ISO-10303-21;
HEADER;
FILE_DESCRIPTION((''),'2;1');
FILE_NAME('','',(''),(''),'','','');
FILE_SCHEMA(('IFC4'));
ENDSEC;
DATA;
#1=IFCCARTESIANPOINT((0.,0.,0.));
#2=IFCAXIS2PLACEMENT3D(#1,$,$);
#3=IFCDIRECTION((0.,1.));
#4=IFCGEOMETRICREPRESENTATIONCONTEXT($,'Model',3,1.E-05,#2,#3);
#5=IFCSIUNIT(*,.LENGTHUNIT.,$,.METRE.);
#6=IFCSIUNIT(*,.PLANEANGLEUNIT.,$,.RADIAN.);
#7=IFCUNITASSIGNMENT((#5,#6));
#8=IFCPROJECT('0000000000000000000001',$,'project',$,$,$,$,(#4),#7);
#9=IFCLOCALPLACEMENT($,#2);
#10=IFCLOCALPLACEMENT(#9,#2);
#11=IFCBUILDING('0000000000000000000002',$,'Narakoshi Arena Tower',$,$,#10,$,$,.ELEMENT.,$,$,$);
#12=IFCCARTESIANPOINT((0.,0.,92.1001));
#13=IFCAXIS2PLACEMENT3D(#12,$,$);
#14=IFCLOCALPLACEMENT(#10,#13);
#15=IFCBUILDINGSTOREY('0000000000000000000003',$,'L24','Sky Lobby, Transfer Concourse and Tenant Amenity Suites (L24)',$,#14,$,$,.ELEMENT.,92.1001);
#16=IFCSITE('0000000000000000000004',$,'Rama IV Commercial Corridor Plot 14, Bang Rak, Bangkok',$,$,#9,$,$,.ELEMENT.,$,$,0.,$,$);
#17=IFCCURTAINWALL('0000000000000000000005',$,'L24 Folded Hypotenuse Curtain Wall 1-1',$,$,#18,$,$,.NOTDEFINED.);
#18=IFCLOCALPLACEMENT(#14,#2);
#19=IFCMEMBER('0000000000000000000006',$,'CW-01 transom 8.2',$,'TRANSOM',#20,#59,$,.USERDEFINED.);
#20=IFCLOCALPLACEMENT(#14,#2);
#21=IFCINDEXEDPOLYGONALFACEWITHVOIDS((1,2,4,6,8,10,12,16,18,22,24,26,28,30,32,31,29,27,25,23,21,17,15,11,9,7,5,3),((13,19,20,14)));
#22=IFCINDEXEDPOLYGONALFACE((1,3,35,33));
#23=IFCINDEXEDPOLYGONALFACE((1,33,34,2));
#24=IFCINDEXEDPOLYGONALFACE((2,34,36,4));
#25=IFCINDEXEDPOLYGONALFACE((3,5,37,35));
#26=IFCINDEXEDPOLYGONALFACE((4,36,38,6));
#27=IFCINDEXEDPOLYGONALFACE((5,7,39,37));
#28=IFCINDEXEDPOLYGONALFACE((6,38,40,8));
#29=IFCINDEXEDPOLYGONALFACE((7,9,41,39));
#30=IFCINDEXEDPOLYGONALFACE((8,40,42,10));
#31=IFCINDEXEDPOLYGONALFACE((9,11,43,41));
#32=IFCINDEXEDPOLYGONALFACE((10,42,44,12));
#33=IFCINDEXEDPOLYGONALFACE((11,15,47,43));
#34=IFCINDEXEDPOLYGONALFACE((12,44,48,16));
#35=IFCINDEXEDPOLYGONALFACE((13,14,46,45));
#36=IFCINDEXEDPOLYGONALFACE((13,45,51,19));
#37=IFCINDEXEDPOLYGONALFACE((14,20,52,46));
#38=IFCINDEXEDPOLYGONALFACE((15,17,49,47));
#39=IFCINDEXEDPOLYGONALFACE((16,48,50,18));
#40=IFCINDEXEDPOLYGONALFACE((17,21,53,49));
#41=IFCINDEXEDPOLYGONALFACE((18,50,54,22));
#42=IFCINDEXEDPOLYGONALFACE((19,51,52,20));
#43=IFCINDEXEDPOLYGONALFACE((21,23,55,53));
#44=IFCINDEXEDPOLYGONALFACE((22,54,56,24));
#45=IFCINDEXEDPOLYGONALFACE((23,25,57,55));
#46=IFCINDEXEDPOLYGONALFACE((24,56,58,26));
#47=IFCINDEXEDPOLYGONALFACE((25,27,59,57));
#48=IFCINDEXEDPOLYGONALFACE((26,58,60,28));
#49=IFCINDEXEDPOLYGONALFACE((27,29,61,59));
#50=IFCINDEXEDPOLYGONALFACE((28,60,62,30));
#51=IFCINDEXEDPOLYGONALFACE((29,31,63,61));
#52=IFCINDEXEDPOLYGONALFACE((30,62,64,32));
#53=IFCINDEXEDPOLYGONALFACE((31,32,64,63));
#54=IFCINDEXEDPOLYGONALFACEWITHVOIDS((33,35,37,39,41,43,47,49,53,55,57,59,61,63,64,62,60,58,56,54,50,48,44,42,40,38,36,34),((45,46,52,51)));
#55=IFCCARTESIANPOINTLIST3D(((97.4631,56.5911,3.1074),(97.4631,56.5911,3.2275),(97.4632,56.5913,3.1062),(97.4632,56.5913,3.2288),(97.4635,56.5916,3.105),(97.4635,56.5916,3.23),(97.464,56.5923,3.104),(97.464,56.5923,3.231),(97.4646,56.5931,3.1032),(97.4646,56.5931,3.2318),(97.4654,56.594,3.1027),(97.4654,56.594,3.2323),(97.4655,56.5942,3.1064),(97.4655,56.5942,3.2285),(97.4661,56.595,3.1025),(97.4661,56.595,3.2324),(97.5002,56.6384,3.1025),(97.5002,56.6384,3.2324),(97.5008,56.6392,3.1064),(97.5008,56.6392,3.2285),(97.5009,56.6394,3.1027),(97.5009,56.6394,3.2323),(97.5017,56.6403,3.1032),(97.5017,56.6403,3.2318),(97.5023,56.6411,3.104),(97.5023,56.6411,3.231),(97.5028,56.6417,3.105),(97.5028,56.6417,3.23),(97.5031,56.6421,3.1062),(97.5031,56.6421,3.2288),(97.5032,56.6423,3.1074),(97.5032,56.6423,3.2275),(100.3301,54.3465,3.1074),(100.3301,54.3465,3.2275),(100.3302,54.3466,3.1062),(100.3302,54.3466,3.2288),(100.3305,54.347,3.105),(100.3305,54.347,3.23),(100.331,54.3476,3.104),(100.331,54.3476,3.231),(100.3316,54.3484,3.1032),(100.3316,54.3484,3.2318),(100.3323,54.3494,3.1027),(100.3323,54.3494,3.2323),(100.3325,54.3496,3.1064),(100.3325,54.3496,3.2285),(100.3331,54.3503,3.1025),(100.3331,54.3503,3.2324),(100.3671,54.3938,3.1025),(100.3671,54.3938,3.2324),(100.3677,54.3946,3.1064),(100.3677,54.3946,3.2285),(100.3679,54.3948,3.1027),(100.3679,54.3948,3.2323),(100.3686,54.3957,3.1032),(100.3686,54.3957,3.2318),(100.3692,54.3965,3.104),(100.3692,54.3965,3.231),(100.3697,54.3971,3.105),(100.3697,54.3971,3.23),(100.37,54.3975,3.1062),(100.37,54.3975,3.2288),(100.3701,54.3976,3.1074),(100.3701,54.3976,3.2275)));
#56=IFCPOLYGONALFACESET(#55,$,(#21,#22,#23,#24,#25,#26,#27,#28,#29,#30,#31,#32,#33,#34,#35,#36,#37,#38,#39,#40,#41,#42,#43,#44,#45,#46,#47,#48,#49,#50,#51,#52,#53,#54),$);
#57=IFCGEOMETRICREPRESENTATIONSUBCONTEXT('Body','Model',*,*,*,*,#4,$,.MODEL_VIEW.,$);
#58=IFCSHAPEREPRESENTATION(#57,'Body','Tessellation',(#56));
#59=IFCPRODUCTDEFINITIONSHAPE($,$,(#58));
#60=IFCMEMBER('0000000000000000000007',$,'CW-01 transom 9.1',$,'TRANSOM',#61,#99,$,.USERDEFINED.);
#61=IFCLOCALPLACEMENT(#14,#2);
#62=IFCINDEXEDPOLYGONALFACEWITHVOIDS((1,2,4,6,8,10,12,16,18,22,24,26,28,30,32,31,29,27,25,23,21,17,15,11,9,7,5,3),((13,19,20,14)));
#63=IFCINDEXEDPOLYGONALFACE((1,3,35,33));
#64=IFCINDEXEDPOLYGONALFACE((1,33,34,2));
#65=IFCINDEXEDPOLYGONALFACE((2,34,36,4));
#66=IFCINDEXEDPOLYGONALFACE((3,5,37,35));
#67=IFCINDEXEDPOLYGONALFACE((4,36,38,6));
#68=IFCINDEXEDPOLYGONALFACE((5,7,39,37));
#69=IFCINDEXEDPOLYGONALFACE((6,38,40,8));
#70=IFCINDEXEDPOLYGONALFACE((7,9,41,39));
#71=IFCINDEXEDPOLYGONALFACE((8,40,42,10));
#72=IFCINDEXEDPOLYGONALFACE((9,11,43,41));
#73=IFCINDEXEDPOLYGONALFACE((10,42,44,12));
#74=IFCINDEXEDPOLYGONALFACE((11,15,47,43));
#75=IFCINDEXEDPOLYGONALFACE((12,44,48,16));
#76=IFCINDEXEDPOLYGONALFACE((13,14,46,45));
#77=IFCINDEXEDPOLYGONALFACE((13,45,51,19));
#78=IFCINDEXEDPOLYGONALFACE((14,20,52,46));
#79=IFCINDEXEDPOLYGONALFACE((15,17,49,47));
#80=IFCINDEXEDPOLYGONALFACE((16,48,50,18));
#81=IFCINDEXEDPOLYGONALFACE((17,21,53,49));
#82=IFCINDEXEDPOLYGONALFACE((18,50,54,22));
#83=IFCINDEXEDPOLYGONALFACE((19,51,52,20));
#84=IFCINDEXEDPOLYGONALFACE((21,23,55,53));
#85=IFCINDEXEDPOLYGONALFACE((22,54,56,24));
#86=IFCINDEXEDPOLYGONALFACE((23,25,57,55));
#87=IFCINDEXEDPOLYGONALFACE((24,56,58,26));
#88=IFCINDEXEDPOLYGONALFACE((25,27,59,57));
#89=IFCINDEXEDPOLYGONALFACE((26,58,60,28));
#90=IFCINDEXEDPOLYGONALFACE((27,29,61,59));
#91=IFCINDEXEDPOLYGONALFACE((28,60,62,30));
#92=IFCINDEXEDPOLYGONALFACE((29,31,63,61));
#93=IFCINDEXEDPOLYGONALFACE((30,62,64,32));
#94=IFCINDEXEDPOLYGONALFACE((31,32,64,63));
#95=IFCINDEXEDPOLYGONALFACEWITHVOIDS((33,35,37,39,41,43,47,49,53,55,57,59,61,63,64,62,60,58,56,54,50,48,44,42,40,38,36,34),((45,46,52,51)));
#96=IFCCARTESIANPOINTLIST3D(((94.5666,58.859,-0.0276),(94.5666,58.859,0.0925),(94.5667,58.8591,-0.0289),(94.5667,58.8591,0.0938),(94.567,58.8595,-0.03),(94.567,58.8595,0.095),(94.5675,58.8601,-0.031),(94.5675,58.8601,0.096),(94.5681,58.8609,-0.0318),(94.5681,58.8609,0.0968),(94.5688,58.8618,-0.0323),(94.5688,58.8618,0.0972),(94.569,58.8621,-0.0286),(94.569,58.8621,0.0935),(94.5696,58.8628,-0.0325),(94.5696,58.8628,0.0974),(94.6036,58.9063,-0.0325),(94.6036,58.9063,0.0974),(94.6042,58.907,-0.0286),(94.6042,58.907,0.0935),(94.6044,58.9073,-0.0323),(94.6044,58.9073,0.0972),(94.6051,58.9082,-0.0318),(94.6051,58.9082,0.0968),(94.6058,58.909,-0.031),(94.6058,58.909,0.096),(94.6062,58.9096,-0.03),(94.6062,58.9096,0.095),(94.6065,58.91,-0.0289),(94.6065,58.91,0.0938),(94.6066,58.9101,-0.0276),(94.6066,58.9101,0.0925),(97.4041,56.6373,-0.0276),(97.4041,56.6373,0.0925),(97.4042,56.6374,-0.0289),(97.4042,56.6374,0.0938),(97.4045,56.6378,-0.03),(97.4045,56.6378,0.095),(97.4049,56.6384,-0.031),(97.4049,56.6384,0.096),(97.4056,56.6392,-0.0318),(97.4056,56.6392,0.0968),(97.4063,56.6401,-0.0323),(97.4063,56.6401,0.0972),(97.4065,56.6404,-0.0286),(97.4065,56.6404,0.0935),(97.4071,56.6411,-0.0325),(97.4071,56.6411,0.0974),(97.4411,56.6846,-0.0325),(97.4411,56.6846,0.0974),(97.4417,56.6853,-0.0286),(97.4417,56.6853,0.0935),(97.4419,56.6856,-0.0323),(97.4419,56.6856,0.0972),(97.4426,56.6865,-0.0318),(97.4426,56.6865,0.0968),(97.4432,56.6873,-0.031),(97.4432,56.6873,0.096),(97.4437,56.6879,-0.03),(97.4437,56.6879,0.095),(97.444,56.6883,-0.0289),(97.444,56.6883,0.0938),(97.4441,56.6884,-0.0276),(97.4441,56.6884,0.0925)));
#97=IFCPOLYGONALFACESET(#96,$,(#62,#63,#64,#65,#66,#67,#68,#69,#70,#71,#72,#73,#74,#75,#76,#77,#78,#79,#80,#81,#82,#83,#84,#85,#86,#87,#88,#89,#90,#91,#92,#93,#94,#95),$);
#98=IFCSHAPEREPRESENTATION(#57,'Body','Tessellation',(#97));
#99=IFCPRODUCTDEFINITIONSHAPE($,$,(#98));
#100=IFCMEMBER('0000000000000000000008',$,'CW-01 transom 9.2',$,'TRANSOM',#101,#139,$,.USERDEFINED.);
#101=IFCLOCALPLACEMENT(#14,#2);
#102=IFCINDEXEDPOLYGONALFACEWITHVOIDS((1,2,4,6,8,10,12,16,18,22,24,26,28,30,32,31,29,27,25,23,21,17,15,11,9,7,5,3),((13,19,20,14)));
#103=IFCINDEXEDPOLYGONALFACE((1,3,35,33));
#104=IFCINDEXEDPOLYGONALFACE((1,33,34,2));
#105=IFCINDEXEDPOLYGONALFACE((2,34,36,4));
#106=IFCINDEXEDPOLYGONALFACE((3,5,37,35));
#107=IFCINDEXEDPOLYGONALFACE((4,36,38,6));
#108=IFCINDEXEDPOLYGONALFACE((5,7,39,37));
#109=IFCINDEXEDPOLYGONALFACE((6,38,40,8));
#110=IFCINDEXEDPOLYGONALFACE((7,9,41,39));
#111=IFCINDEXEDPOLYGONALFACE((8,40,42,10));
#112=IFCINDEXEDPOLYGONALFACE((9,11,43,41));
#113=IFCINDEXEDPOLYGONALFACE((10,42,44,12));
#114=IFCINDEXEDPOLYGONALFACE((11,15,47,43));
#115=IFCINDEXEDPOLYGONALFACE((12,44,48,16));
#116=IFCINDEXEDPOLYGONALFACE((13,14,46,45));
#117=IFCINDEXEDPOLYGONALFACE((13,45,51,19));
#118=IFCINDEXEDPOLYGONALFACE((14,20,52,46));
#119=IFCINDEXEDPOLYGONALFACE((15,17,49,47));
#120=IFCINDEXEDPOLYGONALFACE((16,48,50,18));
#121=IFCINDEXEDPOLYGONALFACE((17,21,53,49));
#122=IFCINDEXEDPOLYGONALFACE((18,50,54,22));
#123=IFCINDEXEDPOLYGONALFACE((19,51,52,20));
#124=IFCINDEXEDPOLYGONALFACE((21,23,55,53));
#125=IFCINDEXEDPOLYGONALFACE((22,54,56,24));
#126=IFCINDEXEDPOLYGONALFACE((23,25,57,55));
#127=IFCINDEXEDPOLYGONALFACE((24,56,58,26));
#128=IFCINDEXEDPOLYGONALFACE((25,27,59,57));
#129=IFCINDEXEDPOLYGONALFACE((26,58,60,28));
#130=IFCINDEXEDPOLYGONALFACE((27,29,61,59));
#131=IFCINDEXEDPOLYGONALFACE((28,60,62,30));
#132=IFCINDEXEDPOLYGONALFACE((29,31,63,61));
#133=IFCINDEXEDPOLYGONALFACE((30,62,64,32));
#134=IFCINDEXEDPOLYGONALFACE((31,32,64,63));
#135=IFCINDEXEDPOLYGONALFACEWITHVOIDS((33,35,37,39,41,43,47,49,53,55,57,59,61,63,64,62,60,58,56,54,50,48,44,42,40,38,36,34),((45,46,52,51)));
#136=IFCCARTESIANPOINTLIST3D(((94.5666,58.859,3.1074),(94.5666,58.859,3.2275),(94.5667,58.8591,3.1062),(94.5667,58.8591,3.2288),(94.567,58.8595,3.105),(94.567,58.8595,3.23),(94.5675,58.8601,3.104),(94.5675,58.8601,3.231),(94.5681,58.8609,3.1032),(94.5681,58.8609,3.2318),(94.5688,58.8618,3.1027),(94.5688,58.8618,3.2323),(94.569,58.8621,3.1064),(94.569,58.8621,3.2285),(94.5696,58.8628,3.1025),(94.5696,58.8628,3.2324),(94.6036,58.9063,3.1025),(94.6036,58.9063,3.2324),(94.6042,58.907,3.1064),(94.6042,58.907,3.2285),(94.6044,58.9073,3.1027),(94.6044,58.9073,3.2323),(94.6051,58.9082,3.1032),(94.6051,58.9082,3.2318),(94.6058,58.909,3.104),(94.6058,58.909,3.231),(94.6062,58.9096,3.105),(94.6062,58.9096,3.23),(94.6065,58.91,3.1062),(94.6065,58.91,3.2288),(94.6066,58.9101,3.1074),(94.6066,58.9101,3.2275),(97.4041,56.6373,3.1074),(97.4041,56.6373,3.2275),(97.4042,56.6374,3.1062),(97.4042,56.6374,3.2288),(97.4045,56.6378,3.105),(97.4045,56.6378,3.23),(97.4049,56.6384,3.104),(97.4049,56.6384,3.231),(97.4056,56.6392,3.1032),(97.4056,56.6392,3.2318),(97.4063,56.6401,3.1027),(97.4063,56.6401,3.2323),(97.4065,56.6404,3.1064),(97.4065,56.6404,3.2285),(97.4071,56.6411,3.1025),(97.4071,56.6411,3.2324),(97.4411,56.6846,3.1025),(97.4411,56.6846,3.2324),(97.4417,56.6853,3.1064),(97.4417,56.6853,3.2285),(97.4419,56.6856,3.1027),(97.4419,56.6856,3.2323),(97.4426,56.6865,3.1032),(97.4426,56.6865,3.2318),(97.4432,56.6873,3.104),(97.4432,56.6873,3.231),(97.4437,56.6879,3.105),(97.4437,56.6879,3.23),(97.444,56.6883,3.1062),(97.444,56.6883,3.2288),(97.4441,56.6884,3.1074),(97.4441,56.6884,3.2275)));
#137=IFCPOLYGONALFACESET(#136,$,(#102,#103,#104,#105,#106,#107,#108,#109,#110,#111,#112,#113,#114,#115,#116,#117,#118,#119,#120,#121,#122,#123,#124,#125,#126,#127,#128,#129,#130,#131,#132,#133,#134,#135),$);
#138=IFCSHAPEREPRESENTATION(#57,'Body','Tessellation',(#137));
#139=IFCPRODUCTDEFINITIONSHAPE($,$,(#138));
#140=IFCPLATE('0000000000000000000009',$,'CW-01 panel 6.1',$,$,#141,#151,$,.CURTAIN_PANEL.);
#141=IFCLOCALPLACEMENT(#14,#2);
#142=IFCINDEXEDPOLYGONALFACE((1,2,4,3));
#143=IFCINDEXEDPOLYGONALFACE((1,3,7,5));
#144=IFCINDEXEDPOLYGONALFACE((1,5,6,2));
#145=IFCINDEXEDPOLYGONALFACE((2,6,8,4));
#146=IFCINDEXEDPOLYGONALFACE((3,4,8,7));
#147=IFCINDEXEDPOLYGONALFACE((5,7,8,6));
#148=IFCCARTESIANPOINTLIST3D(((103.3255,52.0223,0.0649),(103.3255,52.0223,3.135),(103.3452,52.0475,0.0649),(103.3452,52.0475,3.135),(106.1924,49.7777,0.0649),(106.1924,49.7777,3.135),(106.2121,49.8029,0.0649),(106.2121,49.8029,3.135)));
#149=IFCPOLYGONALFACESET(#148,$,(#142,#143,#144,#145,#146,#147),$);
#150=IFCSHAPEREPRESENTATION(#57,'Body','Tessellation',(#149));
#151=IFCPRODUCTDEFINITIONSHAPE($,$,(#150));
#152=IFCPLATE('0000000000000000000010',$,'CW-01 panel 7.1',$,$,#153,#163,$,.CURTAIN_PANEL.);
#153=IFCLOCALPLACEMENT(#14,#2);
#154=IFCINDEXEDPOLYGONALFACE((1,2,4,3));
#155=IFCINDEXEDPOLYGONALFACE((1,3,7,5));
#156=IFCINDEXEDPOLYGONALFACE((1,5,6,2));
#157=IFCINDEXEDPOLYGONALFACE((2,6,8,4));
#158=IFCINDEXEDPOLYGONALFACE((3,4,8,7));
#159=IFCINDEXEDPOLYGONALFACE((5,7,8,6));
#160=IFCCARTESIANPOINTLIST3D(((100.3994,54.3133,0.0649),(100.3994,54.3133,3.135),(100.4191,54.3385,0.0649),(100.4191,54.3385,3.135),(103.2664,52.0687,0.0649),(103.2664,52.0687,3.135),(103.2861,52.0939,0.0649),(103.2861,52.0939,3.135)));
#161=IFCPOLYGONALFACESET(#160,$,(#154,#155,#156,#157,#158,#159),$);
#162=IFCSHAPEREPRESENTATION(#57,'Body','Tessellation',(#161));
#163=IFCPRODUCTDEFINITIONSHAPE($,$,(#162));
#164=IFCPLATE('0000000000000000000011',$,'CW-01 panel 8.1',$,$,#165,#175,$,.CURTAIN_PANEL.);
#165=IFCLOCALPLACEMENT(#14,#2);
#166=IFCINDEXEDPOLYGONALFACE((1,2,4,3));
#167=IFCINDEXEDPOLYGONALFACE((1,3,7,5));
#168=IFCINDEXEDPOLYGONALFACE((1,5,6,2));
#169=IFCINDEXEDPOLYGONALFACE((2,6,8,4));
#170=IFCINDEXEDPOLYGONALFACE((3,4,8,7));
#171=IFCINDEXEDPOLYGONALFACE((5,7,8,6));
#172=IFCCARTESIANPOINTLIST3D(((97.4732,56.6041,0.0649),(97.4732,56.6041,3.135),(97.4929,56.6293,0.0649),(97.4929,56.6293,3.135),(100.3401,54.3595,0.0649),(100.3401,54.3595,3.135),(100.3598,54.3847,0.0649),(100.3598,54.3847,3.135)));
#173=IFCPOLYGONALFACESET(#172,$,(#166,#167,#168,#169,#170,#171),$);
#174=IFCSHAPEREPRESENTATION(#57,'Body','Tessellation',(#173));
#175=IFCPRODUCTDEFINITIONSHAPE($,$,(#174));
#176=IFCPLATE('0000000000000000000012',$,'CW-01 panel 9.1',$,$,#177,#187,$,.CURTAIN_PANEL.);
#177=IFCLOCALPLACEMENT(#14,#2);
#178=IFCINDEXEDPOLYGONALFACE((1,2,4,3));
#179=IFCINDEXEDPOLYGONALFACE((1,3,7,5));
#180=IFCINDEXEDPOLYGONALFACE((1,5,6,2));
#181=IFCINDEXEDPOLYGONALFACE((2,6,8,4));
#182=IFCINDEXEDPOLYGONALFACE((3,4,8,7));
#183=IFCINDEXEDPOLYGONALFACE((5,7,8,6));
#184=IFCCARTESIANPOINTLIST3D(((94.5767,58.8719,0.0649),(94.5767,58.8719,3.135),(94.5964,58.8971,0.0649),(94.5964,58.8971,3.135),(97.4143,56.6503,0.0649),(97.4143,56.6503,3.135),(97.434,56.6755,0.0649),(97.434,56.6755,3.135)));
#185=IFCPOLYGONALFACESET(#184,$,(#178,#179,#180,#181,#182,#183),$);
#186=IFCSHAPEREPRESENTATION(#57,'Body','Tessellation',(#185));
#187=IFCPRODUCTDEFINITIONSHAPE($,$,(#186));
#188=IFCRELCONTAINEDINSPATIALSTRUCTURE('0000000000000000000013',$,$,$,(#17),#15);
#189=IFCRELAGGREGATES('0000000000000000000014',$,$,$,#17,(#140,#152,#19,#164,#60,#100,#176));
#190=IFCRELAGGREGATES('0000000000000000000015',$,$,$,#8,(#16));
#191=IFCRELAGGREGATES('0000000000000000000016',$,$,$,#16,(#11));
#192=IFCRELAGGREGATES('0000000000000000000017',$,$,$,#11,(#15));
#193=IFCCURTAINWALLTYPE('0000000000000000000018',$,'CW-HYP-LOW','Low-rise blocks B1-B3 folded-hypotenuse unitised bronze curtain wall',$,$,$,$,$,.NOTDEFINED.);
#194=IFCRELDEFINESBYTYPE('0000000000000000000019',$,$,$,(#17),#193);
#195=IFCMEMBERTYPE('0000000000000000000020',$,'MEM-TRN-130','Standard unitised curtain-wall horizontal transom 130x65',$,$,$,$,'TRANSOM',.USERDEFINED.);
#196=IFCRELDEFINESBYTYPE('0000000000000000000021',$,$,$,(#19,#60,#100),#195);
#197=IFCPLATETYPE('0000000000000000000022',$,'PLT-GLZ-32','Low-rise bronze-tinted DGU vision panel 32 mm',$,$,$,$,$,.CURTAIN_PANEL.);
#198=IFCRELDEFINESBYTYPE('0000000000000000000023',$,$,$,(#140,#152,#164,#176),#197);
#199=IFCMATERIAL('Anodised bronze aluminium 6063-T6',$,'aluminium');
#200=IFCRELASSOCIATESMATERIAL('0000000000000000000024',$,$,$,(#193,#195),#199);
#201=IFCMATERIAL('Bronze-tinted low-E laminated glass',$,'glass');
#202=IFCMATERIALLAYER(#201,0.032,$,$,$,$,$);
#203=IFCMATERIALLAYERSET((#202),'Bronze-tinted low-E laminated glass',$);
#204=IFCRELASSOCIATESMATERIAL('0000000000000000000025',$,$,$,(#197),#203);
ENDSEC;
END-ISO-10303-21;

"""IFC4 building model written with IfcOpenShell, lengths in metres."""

from ifc_helpers import new_model, si_unit, direction, frame, origin, origin_2d, place, context, subcontext, project, spatial, rectangle, hollow_rectangle, extrude, material, layer, layer_set, material_profile, profile_set, type_object, element, aggregate, save


model = new_model("IFC4")

# Units and contexts
model_context = context("Model", 3, precision=1e-05, world=origin(), true_north=direction((0.0, 1.0)))
body_context = subcontext(model_context, "Body", "Model", "MODEL_VIEW")
ifc_project = project(units=[si_unit("LENGTHUNIT", "METRE"), si_unit("PLANEANGLEUNIT", "RADIAN")], contexts=[model_context])

# Site, building, storey
site_placement = place(None, origin())
site = spatial("IfcSite", under=ifc_project, at=site_placement, Name="Rama IV Commercial Corridor Plot 14, Bang Rak, Bangkok", CompositionType="ELEMENT", RefElevation=0.0)
building_placement = place(site_placement, origin())
building = spatial("IfcBuilding", under=site, at=building_placement, Name="Narakoshi Arena Tower", CompositionType="ELEMENT")
storey_placement = place(building_placement, frame((0.0, 0.0, 92.1001)))
storey = spatial("IfcBuildingStorey", under=building, at=storey_placement, Name="L24", Description="Sky Lobby, Transfer Concourse and Tenant Amenity Suites (L24)", CompositionType="ELEMENT", Elevation=92.1001)

# Curtain wall, members, plates
ifc_material_1 = material(Name="Anodised bronze aluminium 6063-T6", Category="aluminium")
curtain_wall_type = type_object("IfcCurtainWallType", Name="CW-HYP-LOW", Description="Low-rise blocks B1-B3 folded-hypotenuse unitised bronze curtain wall", PredefinedType="NOTDEFINED", material=ifc_material_1)
curtain_wall_placement = place(storey_placement, origin())
curtain_wall = element("IfcCurtainWall", 1, at=curtain_wall_placement, inside=storey, type_object=curtain_wall_type, Name="L24 Folded Hypotenuse Curtain Wall 1-1", PredefinedType="NOTDEFINED")
ifc_material_profile_1 = material_profile(ifc_material_1, hollow_rectangle(XDim=0.0649, YDim=0.1299, WallThickness=0.0039, OuterFilletRadius=0.0049, at=origin_2d()), Name="TRN130x65x4")
ifc_profile_set_1 = profile_set([ifc_material_profile_1], Name="Anodised bronze aluminium 6063-T6")
member_type_1 = type_object("IfcMemberType", Name="MEM-TRN-130", Description="Standard unitised curtain-wall horizontal transom 130x65", ElementType="TRANSOM", PredefinedType="USERDEFINED", material=ifc_profile_set_1)
member_1_placement = place(storey_placement, frame((100.3501, 54.3721, 3.1675), z_axis=(-0.78738, 0.616467, 0.0), x_axis=(-0.616467, -0.78738, 0.0)))
member_1 = element("IfcMember", 2, at=member_1_placement, type_object=member_type_1, Name="CW-01 transom 8.2", ObjectType="TRANSOM", PredefinedType="USERDEFINED", context=body_context, shape_type="SweptSolid", body=[
    extrude(hollow_rectangle(XDim=0.0649, YDim=0.1299, WallThickness=0.0039, OuterFilletRadius=0.0049, at=origin_2d()), origin(), (0.0, 0.0, 1.0), 3.6411),
])
member_2_placement = place(storey_placement, frame((97.4241, 56.6628, 0.0325), z_axis=(-0.787356, 0.616498, 0.0), x_axis=(-0.616498, -0.787356, 0.0)))
member_2 = element("IfcMember", 3, at=member_2_placement, type_object=member_type_1, Name="CW-01 transom 9.1", ObjectType="TRANSOM", PredefinedType="USERDEFINED", context=body_context, shape_type="SweptSolid", body=[
    extrude(hollow_rectangle(XDim=0.0649, YDim=0.1299, WallThickness=0.0039, OuterFilletRadius=0.0049, at=origin_2d()), origin(), (0.0, 0.0, 1.0), 3.6038),
])
member_3_placement = place(storey_placement, frame((97.4241, 56.6628, 3.1675), z_axis=(-0.787356, 0.616498, 0.0), x_axis=(-0.616498, -0.787356, 0.0)))
member_3 = element("IfcMember", 4, at=member_3_placement, type_object=member_type_1, Name="CW-01 transom 9.2", ObjectType="TRANSOM", PredefinedType="USERDEFINED", context=body_context, shape_type="SweptSolid", body=[
    extrude(hollow_rectangle(XDim=0.0649, YDim=0.1299, WallThickness=0.0039, OuterFilletRadius=0.0049, at=origin_2d()), origin(), (0.0, 0.0, 1.0), 3.6038),
])
ifc_material_2 = material(Name="Bronze-tinted low-E laminated glass", Category="glass")
ifc_layer_1 = layer(ifc_material_2, 0.032)
ifc_layer_set_1 = layer_set([ifc_layer_1], Name="Bronze-tinted low-E laminated glass")
plate_type = type_object("IfcPlateType", Name="PLT-GLZ-32", Description="Low-rise bronze-tinted DGU vision panel 32 mm", PredefinedType="CURTAIN_PANEL", material=ifc_layer_set_1)
plate_1_placement = place(storey_placement, frame((104.7688, 50.9126, 0.0649), z_axis=(0.0, 0.0, 1.0), x_axis=(-0.787389, 0.616457, 0.0)))
plate_1 = element("IfcPlate", 5, at=plate_1_placement, type_object=plate_type, Name="CW-01 panel 6.1", PredefinedType="CURTAIN_PANEL", context=body_context, shape_type="SweptSolid", body=[
    extrude(rectangle(XDim=3.6411, YDim=0.032, at=origin_2d()), origin(), (0.0, 0.0, 1.0), 3.0701),
])
plate_2_placement = place(storey_placement, frame((101.8428, 53.2036, 0.0649), z_axis=(0.0, 0.0, 1.0), x_axis=(-0.787389, 0.616457, 0.0)))
plate_2 = element("IfcPlate", 6, at=plate_2_placement, type_object=plate_type, Name="CW-01 panel 7.1", PredefinedType="CURTAIN_PANEL", context=body_context, shape_type="SweptSolid", body=[
    extrude(rectangle(XDim=3.6411, YDim=0.032, at=origin_2d()), origin(), (0.0, 0.0, 1.0), 3.0701),
])
plate_3_placement = place(storey_placement, frame((98.9165, 55.4944, 0.0649), z_axis=(0.0, 0.0, 1.0), x_axis=(-0.787389, 0.616457, 0.0)))
plate_3 = element("IfcPlate", 7, at=plate_3_placement, type_object=plate_type, Name="CW-01 panel 8.1", PredefinedType="CURTAIN_PANEL", context=body_context, shape_type="SweptSolid", body=[
    extrude(rectangle(XDim=3.6411, YDim=0.032, at=origin_2d()), origin(), (0.0, 0.0, 1.0), 3.0701),
])
plate_4_placement = place(storey_placement, frame((96.0054, 57.7737, 0.0649), z_axis=(0.0, 0.0, 1.0), x_axis=(-0.787389, 0.616457, 0.0)))
plate_4 = element("IfcPlate", 8, at=plate_4_placement, type_object=plate_type, Name="CW-01 panel 9.1", PredefinedType="CURTAIN_PANEL", context=body_context, shape_type="SweptSolid", body=[
    extrude(rectangle(XDim=3.6038, YDim=0.032, at=origin_2d()), origin(), (0.0, 0.0, 1.0), 3.0701),
])
aggregate(curtain_wall, [plate_1, plate_2, member_1, plate_3, member_2, member_3, plate_4])

save(model, "model.ifc")
